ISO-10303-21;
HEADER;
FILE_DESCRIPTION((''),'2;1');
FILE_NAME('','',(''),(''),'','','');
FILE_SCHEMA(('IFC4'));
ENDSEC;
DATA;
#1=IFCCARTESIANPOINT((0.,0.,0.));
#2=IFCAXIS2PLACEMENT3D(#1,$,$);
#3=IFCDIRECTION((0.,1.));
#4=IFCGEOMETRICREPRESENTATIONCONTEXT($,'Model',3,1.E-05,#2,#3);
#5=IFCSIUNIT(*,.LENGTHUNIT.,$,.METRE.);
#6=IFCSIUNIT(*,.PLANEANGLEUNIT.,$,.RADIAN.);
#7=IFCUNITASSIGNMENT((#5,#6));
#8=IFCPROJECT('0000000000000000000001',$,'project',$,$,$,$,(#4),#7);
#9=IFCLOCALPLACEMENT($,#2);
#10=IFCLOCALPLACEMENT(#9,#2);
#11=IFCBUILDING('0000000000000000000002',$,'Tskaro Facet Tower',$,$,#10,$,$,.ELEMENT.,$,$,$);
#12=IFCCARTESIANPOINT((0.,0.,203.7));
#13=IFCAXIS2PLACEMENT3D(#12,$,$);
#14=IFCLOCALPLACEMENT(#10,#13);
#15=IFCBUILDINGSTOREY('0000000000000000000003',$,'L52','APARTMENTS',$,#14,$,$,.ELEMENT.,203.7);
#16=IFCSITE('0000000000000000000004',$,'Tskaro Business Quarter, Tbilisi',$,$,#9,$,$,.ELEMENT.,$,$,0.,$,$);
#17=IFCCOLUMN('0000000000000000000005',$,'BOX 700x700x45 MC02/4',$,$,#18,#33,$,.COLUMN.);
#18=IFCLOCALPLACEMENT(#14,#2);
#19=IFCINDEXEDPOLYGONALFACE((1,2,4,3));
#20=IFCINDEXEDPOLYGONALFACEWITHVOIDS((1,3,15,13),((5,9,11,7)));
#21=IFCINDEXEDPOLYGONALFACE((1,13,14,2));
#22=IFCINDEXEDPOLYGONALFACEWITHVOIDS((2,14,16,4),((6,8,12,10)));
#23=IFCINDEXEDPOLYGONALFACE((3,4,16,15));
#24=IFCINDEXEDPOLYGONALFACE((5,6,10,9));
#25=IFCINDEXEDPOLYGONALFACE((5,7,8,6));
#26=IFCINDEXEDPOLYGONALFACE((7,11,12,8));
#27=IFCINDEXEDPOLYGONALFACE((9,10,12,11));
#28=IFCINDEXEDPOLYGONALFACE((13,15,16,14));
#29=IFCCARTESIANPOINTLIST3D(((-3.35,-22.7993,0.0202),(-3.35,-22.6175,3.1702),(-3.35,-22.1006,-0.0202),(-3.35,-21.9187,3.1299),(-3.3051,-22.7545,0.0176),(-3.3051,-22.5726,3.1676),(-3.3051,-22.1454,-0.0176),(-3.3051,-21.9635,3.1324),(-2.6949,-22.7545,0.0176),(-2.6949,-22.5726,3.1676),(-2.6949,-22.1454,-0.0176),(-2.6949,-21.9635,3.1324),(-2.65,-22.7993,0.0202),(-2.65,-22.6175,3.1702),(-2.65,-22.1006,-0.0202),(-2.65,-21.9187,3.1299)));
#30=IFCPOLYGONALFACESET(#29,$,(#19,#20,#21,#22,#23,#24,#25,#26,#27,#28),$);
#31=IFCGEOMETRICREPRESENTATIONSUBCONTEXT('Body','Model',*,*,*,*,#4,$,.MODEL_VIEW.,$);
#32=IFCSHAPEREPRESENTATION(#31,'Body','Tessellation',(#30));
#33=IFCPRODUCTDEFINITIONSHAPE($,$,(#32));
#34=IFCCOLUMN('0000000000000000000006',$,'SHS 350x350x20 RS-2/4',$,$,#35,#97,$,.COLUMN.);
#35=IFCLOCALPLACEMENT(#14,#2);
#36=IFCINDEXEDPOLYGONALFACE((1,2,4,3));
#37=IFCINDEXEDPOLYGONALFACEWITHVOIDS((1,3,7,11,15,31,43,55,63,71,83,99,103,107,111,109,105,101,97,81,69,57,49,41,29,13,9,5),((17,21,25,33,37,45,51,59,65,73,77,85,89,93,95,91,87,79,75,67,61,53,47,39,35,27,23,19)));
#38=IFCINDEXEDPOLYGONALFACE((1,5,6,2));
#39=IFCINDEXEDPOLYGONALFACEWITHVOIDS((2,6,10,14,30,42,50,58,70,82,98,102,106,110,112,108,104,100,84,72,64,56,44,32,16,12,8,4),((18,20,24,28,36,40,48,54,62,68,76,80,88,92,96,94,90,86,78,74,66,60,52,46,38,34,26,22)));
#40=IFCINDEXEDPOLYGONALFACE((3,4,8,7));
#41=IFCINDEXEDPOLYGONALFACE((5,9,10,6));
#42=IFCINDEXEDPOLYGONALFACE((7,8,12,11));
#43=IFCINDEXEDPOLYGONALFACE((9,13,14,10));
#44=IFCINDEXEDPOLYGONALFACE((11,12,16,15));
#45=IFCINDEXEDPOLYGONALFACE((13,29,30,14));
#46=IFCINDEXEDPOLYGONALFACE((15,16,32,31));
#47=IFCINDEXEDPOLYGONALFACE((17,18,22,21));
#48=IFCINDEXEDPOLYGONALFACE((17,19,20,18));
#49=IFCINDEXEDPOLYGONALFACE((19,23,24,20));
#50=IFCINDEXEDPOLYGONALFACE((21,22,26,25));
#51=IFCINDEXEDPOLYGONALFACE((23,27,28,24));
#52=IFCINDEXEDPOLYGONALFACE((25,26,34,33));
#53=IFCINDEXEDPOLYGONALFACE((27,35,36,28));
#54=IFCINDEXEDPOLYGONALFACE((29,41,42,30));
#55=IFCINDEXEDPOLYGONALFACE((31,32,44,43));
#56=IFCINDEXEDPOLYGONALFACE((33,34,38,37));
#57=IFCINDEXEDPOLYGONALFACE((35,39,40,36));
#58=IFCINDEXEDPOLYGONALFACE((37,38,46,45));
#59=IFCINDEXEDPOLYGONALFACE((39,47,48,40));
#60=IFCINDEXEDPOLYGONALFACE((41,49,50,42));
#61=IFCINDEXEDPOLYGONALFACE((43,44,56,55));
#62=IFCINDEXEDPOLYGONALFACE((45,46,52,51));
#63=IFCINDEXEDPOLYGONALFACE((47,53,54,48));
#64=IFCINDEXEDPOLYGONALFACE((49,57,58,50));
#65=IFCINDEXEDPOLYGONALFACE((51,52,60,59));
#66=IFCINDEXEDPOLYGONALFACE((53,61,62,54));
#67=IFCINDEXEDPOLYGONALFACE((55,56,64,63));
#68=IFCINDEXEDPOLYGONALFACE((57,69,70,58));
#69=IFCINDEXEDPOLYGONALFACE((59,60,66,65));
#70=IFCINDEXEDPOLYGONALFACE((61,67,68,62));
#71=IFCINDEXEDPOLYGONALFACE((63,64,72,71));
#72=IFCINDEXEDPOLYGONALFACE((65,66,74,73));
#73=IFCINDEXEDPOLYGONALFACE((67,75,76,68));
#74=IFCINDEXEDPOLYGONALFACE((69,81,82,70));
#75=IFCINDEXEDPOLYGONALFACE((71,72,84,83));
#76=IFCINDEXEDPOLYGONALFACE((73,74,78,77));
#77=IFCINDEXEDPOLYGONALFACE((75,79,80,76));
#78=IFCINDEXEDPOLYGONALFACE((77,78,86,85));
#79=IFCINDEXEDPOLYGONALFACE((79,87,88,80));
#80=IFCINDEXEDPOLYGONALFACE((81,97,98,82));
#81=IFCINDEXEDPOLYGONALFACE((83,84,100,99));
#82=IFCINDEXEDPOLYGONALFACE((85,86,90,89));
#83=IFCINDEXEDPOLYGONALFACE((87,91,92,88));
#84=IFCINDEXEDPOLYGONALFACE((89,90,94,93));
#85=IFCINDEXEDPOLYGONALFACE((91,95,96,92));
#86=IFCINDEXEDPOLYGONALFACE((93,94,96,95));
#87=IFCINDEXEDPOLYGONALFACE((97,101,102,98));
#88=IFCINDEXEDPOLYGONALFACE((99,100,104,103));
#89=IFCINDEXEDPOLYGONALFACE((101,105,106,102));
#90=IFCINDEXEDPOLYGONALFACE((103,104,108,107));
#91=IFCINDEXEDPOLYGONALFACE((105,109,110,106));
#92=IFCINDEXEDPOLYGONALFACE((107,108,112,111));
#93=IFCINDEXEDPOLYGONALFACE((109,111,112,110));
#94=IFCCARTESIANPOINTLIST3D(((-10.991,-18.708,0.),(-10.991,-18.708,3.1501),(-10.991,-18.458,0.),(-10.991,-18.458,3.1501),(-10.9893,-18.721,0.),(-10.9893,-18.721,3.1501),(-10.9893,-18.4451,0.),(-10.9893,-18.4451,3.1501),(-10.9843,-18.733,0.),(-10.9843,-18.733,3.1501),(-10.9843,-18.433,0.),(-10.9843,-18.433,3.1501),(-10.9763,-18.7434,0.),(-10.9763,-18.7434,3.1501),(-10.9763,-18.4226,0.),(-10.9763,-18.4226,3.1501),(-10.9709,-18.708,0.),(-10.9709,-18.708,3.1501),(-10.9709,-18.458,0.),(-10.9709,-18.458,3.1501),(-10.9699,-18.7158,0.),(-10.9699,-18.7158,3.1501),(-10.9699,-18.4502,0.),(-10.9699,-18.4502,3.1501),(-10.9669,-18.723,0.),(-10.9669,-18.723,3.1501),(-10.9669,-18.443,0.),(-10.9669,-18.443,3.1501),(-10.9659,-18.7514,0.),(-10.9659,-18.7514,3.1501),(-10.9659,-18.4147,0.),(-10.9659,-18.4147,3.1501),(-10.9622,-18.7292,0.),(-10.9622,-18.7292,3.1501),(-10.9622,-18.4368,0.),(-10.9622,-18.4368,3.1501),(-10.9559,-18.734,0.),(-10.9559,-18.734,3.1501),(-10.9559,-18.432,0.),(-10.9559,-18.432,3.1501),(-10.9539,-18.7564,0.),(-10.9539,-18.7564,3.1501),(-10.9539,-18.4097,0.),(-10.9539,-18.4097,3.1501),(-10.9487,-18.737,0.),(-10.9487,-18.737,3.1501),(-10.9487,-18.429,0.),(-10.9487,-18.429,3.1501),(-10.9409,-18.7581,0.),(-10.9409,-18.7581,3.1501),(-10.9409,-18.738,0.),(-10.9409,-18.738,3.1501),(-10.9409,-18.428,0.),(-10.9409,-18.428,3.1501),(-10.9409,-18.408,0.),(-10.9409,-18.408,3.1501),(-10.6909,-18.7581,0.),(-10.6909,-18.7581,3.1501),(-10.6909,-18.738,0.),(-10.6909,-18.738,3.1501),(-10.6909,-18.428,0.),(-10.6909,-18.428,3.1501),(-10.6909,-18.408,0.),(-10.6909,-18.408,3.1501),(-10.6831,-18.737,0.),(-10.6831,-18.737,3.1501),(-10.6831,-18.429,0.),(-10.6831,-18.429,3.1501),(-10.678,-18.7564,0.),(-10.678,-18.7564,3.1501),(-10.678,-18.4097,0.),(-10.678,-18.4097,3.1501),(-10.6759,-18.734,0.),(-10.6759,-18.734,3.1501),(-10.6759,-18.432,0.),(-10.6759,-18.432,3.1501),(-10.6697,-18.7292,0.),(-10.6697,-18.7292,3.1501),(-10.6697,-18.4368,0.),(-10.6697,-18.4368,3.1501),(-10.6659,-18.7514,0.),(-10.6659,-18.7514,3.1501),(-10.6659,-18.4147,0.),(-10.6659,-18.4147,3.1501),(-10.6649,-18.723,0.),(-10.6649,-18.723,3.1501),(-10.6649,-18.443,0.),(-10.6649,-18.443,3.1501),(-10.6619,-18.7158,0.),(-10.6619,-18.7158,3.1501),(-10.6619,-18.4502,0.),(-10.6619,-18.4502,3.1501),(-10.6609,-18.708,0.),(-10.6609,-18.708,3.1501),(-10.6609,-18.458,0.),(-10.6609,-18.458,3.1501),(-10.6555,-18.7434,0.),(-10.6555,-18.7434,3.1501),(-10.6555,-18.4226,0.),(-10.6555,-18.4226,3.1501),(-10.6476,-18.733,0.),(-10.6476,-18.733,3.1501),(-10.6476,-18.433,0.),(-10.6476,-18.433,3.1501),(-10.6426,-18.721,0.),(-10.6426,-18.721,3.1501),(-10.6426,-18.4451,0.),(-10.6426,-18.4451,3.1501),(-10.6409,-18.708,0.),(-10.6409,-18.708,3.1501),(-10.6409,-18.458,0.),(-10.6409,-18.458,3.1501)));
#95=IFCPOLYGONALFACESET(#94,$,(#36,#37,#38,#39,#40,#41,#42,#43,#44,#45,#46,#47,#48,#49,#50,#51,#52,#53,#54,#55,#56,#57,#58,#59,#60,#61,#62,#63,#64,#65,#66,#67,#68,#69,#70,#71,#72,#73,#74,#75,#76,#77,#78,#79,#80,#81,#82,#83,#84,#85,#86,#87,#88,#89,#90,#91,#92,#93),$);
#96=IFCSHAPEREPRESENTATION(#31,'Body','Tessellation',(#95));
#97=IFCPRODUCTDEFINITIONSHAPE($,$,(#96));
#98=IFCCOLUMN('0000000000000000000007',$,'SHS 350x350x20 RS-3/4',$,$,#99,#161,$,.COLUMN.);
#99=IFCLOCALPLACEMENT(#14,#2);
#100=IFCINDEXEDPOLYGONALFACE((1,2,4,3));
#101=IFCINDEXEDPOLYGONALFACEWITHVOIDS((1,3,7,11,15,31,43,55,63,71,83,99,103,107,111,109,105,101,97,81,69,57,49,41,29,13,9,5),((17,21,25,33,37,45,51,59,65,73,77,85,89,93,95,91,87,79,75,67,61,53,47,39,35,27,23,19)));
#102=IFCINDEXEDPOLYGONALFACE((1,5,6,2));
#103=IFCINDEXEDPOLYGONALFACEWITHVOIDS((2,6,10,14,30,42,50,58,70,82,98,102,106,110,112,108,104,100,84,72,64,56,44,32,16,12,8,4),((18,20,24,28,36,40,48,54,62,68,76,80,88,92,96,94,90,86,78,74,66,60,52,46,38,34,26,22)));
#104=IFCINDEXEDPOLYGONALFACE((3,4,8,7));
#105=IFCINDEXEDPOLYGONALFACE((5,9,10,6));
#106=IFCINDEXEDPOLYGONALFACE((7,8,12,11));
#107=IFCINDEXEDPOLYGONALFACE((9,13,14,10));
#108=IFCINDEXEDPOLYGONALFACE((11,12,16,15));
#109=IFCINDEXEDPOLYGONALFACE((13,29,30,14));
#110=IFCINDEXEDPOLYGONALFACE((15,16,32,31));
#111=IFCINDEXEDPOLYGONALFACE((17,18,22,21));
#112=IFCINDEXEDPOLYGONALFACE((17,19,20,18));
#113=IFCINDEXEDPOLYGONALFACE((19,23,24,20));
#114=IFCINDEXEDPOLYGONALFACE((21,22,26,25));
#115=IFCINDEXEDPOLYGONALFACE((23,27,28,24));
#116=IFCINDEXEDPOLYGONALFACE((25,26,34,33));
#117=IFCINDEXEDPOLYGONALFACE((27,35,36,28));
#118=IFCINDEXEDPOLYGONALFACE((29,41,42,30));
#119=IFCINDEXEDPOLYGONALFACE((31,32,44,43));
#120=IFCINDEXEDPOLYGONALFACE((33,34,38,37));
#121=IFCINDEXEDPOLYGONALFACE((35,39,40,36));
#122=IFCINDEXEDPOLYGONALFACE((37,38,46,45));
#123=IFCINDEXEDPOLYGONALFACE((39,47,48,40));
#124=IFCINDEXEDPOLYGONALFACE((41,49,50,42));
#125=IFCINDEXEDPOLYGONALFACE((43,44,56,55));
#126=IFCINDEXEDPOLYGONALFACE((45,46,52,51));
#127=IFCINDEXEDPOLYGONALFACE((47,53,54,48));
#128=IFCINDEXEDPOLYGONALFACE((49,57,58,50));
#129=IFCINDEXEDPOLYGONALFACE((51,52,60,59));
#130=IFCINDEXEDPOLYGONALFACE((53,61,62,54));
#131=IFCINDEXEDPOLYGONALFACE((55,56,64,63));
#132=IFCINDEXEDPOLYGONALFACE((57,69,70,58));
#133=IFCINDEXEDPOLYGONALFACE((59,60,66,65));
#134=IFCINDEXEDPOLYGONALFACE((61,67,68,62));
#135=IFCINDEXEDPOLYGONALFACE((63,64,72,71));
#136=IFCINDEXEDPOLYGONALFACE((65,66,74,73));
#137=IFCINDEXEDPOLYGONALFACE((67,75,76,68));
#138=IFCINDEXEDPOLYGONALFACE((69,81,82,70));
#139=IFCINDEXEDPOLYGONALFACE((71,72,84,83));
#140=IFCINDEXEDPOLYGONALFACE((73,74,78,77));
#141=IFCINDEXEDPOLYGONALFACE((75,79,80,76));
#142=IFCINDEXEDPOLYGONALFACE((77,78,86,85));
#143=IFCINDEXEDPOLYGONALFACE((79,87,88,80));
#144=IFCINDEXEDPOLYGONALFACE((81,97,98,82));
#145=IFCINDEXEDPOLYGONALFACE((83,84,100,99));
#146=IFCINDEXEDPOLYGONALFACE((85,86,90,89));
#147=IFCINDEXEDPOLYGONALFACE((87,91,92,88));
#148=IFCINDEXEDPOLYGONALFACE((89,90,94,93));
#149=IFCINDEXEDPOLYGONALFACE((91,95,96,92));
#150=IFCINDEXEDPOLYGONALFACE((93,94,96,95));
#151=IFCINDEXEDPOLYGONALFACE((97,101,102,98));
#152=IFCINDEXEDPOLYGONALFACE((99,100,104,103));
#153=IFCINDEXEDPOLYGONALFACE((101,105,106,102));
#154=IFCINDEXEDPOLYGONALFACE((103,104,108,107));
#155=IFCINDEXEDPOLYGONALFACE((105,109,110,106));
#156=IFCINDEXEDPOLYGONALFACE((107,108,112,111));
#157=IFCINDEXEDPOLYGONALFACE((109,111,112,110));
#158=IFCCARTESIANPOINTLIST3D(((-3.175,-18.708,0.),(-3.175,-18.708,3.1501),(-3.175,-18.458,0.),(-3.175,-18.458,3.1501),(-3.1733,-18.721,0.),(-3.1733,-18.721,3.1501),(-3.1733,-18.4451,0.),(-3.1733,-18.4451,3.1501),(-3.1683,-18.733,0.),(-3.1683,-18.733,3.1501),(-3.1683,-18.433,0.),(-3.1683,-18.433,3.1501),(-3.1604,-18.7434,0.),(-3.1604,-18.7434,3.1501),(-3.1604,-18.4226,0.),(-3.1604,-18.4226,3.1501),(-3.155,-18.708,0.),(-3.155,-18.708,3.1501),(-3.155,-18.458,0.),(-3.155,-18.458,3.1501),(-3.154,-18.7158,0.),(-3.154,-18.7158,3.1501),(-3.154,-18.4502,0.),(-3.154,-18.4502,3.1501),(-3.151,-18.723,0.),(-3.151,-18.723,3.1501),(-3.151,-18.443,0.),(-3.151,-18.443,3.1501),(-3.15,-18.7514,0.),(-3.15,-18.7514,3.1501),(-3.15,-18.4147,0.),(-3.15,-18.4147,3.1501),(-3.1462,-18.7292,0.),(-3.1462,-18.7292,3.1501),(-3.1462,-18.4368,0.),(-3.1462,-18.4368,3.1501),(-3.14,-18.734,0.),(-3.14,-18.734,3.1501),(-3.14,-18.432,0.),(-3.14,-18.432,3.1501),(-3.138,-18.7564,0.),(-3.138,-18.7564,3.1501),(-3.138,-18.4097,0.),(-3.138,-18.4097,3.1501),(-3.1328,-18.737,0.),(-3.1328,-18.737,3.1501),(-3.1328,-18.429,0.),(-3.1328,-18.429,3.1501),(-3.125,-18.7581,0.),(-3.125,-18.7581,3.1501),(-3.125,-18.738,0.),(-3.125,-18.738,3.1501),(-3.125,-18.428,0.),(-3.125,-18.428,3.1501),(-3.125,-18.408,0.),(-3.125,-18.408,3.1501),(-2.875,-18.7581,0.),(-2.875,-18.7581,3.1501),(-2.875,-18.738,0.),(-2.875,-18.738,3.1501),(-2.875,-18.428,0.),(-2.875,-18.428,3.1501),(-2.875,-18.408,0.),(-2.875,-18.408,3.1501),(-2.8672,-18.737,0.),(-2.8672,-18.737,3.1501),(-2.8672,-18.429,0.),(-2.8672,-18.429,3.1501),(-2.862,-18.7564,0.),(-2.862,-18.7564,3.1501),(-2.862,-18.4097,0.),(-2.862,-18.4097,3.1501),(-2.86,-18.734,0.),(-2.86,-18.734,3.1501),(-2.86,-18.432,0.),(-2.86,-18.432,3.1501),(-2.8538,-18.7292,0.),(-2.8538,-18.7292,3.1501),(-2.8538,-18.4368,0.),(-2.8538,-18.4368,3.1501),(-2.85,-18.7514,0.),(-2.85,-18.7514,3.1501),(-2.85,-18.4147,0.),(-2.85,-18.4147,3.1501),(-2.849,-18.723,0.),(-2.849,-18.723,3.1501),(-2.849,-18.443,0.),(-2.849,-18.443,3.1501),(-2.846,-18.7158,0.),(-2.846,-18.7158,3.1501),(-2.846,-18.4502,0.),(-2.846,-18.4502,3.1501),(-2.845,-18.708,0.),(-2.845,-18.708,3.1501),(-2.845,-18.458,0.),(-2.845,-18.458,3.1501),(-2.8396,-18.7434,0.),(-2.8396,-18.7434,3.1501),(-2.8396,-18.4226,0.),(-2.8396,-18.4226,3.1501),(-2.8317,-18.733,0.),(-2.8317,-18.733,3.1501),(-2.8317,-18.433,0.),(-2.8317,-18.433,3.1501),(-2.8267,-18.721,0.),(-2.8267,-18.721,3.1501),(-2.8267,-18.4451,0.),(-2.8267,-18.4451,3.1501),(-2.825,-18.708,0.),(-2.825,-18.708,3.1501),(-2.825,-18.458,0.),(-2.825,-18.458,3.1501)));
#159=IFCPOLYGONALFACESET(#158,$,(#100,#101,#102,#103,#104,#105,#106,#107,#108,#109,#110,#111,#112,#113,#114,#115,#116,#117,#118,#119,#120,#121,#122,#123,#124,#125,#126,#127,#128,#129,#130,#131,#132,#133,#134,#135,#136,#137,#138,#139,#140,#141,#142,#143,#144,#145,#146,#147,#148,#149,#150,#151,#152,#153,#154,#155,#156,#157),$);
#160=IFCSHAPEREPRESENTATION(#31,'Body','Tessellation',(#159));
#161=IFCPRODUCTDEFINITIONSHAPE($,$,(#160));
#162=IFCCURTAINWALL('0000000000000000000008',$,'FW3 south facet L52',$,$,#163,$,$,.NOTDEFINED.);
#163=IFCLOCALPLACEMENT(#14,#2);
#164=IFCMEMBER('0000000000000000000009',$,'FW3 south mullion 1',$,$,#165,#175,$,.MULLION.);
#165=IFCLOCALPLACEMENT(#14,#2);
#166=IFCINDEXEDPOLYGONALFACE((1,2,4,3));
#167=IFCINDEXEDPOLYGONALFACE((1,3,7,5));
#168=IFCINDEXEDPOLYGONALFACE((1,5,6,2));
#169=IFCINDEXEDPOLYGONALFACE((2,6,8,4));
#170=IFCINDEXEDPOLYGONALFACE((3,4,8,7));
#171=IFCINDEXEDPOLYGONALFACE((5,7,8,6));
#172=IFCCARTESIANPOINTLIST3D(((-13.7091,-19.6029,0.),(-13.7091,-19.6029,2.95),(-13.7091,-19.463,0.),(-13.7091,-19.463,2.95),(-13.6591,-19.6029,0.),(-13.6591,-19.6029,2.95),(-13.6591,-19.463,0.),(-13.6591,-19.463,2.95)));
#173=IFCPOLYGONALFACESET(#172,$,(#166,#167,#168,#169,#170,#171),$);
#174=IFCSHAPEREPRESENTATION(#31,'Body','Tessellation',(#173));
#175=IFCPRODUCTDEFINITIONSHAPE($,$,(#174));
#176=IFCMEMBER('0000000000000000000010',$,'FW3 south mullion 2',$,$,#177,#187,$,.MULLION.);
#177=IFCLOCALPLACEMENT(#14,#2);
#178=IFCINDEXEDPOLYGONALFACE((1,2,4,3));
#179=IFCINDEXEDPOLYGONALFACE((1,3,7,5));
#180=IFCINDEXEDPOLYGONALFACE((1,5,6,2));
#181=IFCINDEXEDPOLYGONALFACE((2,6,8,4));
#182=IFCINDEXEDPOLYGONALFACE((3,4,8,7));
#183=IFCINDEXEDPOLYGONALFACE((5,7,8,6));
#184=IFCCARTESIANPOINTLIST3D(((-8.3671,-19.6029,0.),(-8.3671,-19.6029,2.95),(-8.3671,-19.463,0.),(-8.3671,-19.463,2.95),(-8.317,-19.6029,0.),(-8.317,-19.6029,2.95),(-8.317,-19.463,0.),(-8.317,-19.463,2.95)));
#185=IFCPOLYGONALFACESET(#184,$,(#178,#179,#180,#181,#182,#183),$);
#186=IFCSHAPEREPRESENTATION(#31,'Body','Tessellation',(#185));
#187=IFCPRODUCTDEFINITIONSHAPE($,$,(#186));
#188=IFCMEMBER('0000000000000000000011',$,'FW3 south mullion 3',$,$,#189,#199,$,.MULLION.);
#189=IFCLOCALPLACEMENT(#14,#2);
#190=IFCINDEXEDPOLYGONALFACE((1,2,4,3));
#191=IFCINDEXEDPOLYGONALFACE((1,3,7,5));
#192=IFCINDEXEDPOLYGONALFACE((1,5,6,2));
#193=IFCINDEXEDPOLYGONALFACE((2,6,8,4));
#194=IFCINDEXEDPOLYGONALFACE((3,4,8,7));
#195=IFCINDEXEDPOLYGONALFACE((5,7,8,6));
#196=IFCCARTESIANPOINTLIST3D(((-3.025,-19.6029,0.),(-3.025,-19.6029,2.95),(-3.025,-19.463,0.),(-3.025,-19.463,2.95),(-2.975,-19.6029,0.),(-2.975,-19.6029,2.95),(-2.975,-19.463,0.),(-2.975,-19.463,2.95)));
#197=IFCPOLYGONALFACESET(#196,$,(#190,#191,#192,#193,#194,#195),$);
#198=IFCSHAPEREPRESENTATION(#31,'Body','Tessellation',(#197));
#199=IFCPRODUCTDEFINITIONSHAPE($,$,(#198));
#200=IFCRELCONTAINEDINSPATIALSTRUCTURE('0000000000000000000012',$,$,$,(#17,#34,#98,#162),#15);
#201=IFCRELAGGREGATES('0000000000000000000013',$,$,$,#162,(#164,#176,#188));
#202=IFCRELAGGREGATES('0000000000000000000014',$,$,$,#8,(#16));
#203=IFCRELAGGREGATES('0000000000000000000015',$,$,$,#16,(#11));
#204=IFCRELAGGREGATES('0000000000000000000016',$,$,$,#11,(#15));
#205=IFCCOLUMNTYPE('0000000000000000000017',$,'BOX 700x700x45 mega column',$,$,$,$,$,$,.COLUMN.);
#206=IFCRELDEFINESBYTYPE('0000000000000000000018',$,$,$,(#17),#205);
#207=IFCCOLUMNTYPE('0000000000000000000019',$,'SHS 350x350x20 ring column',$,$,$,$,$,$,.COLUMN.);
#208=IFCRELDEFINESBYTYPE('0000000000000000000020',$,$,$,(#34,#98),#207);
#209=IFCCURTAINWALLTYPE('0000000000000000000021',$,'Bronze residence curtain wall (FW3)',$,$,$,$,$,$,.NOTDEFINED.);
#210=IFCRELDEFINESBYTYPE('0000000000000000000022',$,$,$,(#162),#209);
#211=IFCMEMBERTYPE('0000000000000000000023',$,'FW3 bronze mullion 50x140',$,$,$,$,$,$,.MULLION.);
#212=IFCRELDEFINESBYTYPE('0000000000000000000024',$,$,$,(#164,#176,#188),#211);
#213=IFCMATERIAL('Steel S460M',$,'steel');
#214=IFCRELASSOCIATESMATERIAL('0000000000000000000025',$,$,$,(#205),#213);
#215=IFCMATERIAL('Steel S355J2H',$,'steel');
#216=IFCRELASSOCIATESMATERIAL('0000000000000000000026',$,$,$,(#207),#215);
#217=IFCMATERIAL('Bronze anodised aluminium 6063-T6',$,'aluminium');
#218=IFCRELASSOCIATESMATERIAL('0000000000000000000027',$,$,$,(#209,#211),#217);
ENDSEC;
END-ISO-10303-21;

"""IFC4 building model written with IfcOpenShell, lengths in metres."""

from ifc_helpers import new_model, si_unit, direction, frame, origin, origin_2d, place, context, subcontext, project, spatial, rectangle, hollow_rectangle, extrude, material, material_profile, profile_set, type_object, element, aggregate, save


model = new_model("IFC4")

# Units and contexts
model_context = context("Model", 3, precision=1e-05, world=origin(), true_north=direction((0.0, 1.0)))
body_context = subcontext(model_context, "Body", "Model", "MODEL_VIEW")
ifc_project = project(units=[si_unit("LENGTHUNIT", "METRE"), si_unit("PLANEANGLEUNIT", "RADIAN")], contexts=[model_context])

# Site, building, storey
site_placement = place(None, origin())
site = spatial("IfcSite", under=ifc_project, at=site_placement, Name="Tskaro Business Quarter, Tbilisi", CompositionType="ELEMENT", RefElevation=0.0)
building_placement = place(site_placement, origin())
building = spatial("IfcBuilding", under=site, at=building_placement, Name="Tskaro Facet Tower", CompositionType="ELEMENT")
storey_placement = place(building_placement, frame((0.0, 0.0, 203.7)))
storey = spatial("IfcBuildingStorey", under=building, at=storey_placement, Name="L52", Description="APARTMENTS", CompositionType="ELEMENT", Elevation=203.7)

# Columns
ifc_material_1 = material(Name="Steel S460M", Category="steel")
ifc_material_profile_1 = material_profile(ifc_material_1, hollow_rectangle(XDim=0.7, YDim=0.7, WallThickness=0.0449, at=origin_2d()), Name="BOX 700x700x45")
ifc_profile_set_1 = profile_set([ifc_material_profile_1], Name="Steel S460M")
column_type_1 = type_object("IfcColumnType", Name="BOX 700x700x45 mega column", PredefinedType="COLUMN", material=ifc_profile_set_1)
column_placement = place(storey_placement, frame((-3.0, -22.45, 0.0), z_axis=(0.0, 0.057643, 0.998337), x_axis=(-1.0, 0.0, 0.0)))
element("IfcColumn", 1, at=column_placement, inside=storey, type_object=column_type_1, Name="BOX 700x700x45 MC02/4", PredefinedType="COLUMN", context=body_context, shape_type="SweptSolid", body=[
    extrude(hollow_rectangle(XDim=0.7, YDim=0.7, WallThickness=0.0449, at=origin_2d()), origin(), (0.0, 0.0, 1.0), 3.1553),
])
ifc_material_2 = material(Name="Steel S355J2H", Category="steel")
ifc_material_profile_2 = material_profile(ifc_material_2, hollow_rectangle(XDim=0.3501, YDim=0.3501, WallThickness=0.02, InnerFilletRadius=0.03, OuterFilletRadius=0.05, at=origin_2d()), Name="SHS 350x350x20")
ifc_profile_set_2 = profile_set([ifc_material_profile_2], Name="Steel S355J2H")
column_type_2 = type_object("IfcColumnType", Name="SHS 350x350x20 ring column", PredefinedType="COLUMN", material=ifc_profile_set_2)
for number, where, z_axis, x_axis, name in (
    (2, (-10.8159, -18.583, 0.0), (0.0, 0.0, 1.0), (1.0, 0.0, 0.0), "SHS 350x350x20 RS-2/4"),
    (3, (-3.0, -18.583, 0.0), (0.0, 0.0, 1.0), (1.0, 0.0, 0.0), "SHS 350x350x20 RS-3/4"),
):
    element("IfcColumn", number, at=place(storey_placement, frame(where, z_axis=z_axis, x_axis=x_axis)), inside=storey, type_object=column_type_2, Name=name, PredefinedType="COLUMN", context=body_context, shape_type="SweptSolid", body=[
        extrude(hollow_rectangle(XDim=0.3501, YDim=0.3501, WallThickness=0.02, InnerFilletRadius=0.03, OuterFilletRadius=0.05, at=origin_2d()), origin(), (0.0, 0.0, 1.0), 3.1501),
    ])

# Curtain wall, members
ifc_material_3 = material(Name="Bronze anodised aluminium 6063-T6", Category="aluminium")
curtain_wall_type = type_object("IfcCurtainWallType", Name="Bronze residence curtain wall (FW3)", PredefinedType="NOTDEFINED", material=ifc_material_3)
curtain_wall_placement = place(storey_placement, origin())
curtain_wall = element("IfcCurtainWall", 4, at=curtain_wall_placement, inside=storey, type_object=curtain_wall_type, Name="FW3 south facet L52", PredefinedType="NOTDEFINED")
ifc_material_profile_3 = material_profile(ifc_material_3, rectangle(XDim=0.05, YDim=0.1399, at=origin_2d()), Name="Mullion 50x140")
ifc_profile_set_3 = profile_set([ifc_material_profile_3], Name="Bronze anodised aluminium 6063-T6")
member_type_1 = type_object("IfcMemberType", Name="FW3 bronze mullion 50x140", PredefinedType="MULLION", material=ifc_profile_set_3)
member_1_placement = place(storey_placement, frame((-13.6841, -19.533, 0.0), z_axis=(0.0, 0.0, 1.0), x_axis=(1.0, 0.0, 0.0)))
member_1 = element("IfcMember", 5, at=member_1_placement, type_object=member_type_1, Name="FW3 south mullion 1", PredefinedType="MULLION", context=body_context, shape_type="SweptSolid", body=[
    extrude(rectangle(XDim=0.05, YDim=0.1399, at=origin_2d()), origin(), (0.0, 0.0, 1.0), 2.95),
])
member_2_placement = place(storey_placement, frame((-8.342, -19.533, 0.0), z_axis=(0.0, 0.0, 1.0), x_axis=(1.0, 0.0, 0.0)))
member_2 = element("IfcMember", 6, at=member_2_placement, type_object=member_type_1, Name="FW3 south mullion 2", PredefinedType="MULLION", context=body_context, shape_type="SweptSolid", body=[
    extrude(rectangle(XDim=0.05, YDim=0.1399, at=origin_2d()), origin(), (0.0, 0.0, 1.0), 2.95),
])
member_3_placement = place(storey_placement, frame((-3.0, -19.533, 0.0), z_axis=(0.0, 0.0, 1.0), x_axis=(1.0, 0.0, 0.0)))
member_3 = element("IfcMember", 7, at=member_3_placement, type_object=member_type_1, Name="FW3 south mullion 3", PredefinedType="MULLION", context=body_context, shape_type="SweptSolid", body=[
    extrude(rectangle(XDim=0.05, YDim=0.1399, at=origin_2d()), origin(), (0.0, 0.0, 1.0), 2.95),
])

aggregate(curtain_wall, [member_1, member_2, member_3])

save(model, "model.ifc")
